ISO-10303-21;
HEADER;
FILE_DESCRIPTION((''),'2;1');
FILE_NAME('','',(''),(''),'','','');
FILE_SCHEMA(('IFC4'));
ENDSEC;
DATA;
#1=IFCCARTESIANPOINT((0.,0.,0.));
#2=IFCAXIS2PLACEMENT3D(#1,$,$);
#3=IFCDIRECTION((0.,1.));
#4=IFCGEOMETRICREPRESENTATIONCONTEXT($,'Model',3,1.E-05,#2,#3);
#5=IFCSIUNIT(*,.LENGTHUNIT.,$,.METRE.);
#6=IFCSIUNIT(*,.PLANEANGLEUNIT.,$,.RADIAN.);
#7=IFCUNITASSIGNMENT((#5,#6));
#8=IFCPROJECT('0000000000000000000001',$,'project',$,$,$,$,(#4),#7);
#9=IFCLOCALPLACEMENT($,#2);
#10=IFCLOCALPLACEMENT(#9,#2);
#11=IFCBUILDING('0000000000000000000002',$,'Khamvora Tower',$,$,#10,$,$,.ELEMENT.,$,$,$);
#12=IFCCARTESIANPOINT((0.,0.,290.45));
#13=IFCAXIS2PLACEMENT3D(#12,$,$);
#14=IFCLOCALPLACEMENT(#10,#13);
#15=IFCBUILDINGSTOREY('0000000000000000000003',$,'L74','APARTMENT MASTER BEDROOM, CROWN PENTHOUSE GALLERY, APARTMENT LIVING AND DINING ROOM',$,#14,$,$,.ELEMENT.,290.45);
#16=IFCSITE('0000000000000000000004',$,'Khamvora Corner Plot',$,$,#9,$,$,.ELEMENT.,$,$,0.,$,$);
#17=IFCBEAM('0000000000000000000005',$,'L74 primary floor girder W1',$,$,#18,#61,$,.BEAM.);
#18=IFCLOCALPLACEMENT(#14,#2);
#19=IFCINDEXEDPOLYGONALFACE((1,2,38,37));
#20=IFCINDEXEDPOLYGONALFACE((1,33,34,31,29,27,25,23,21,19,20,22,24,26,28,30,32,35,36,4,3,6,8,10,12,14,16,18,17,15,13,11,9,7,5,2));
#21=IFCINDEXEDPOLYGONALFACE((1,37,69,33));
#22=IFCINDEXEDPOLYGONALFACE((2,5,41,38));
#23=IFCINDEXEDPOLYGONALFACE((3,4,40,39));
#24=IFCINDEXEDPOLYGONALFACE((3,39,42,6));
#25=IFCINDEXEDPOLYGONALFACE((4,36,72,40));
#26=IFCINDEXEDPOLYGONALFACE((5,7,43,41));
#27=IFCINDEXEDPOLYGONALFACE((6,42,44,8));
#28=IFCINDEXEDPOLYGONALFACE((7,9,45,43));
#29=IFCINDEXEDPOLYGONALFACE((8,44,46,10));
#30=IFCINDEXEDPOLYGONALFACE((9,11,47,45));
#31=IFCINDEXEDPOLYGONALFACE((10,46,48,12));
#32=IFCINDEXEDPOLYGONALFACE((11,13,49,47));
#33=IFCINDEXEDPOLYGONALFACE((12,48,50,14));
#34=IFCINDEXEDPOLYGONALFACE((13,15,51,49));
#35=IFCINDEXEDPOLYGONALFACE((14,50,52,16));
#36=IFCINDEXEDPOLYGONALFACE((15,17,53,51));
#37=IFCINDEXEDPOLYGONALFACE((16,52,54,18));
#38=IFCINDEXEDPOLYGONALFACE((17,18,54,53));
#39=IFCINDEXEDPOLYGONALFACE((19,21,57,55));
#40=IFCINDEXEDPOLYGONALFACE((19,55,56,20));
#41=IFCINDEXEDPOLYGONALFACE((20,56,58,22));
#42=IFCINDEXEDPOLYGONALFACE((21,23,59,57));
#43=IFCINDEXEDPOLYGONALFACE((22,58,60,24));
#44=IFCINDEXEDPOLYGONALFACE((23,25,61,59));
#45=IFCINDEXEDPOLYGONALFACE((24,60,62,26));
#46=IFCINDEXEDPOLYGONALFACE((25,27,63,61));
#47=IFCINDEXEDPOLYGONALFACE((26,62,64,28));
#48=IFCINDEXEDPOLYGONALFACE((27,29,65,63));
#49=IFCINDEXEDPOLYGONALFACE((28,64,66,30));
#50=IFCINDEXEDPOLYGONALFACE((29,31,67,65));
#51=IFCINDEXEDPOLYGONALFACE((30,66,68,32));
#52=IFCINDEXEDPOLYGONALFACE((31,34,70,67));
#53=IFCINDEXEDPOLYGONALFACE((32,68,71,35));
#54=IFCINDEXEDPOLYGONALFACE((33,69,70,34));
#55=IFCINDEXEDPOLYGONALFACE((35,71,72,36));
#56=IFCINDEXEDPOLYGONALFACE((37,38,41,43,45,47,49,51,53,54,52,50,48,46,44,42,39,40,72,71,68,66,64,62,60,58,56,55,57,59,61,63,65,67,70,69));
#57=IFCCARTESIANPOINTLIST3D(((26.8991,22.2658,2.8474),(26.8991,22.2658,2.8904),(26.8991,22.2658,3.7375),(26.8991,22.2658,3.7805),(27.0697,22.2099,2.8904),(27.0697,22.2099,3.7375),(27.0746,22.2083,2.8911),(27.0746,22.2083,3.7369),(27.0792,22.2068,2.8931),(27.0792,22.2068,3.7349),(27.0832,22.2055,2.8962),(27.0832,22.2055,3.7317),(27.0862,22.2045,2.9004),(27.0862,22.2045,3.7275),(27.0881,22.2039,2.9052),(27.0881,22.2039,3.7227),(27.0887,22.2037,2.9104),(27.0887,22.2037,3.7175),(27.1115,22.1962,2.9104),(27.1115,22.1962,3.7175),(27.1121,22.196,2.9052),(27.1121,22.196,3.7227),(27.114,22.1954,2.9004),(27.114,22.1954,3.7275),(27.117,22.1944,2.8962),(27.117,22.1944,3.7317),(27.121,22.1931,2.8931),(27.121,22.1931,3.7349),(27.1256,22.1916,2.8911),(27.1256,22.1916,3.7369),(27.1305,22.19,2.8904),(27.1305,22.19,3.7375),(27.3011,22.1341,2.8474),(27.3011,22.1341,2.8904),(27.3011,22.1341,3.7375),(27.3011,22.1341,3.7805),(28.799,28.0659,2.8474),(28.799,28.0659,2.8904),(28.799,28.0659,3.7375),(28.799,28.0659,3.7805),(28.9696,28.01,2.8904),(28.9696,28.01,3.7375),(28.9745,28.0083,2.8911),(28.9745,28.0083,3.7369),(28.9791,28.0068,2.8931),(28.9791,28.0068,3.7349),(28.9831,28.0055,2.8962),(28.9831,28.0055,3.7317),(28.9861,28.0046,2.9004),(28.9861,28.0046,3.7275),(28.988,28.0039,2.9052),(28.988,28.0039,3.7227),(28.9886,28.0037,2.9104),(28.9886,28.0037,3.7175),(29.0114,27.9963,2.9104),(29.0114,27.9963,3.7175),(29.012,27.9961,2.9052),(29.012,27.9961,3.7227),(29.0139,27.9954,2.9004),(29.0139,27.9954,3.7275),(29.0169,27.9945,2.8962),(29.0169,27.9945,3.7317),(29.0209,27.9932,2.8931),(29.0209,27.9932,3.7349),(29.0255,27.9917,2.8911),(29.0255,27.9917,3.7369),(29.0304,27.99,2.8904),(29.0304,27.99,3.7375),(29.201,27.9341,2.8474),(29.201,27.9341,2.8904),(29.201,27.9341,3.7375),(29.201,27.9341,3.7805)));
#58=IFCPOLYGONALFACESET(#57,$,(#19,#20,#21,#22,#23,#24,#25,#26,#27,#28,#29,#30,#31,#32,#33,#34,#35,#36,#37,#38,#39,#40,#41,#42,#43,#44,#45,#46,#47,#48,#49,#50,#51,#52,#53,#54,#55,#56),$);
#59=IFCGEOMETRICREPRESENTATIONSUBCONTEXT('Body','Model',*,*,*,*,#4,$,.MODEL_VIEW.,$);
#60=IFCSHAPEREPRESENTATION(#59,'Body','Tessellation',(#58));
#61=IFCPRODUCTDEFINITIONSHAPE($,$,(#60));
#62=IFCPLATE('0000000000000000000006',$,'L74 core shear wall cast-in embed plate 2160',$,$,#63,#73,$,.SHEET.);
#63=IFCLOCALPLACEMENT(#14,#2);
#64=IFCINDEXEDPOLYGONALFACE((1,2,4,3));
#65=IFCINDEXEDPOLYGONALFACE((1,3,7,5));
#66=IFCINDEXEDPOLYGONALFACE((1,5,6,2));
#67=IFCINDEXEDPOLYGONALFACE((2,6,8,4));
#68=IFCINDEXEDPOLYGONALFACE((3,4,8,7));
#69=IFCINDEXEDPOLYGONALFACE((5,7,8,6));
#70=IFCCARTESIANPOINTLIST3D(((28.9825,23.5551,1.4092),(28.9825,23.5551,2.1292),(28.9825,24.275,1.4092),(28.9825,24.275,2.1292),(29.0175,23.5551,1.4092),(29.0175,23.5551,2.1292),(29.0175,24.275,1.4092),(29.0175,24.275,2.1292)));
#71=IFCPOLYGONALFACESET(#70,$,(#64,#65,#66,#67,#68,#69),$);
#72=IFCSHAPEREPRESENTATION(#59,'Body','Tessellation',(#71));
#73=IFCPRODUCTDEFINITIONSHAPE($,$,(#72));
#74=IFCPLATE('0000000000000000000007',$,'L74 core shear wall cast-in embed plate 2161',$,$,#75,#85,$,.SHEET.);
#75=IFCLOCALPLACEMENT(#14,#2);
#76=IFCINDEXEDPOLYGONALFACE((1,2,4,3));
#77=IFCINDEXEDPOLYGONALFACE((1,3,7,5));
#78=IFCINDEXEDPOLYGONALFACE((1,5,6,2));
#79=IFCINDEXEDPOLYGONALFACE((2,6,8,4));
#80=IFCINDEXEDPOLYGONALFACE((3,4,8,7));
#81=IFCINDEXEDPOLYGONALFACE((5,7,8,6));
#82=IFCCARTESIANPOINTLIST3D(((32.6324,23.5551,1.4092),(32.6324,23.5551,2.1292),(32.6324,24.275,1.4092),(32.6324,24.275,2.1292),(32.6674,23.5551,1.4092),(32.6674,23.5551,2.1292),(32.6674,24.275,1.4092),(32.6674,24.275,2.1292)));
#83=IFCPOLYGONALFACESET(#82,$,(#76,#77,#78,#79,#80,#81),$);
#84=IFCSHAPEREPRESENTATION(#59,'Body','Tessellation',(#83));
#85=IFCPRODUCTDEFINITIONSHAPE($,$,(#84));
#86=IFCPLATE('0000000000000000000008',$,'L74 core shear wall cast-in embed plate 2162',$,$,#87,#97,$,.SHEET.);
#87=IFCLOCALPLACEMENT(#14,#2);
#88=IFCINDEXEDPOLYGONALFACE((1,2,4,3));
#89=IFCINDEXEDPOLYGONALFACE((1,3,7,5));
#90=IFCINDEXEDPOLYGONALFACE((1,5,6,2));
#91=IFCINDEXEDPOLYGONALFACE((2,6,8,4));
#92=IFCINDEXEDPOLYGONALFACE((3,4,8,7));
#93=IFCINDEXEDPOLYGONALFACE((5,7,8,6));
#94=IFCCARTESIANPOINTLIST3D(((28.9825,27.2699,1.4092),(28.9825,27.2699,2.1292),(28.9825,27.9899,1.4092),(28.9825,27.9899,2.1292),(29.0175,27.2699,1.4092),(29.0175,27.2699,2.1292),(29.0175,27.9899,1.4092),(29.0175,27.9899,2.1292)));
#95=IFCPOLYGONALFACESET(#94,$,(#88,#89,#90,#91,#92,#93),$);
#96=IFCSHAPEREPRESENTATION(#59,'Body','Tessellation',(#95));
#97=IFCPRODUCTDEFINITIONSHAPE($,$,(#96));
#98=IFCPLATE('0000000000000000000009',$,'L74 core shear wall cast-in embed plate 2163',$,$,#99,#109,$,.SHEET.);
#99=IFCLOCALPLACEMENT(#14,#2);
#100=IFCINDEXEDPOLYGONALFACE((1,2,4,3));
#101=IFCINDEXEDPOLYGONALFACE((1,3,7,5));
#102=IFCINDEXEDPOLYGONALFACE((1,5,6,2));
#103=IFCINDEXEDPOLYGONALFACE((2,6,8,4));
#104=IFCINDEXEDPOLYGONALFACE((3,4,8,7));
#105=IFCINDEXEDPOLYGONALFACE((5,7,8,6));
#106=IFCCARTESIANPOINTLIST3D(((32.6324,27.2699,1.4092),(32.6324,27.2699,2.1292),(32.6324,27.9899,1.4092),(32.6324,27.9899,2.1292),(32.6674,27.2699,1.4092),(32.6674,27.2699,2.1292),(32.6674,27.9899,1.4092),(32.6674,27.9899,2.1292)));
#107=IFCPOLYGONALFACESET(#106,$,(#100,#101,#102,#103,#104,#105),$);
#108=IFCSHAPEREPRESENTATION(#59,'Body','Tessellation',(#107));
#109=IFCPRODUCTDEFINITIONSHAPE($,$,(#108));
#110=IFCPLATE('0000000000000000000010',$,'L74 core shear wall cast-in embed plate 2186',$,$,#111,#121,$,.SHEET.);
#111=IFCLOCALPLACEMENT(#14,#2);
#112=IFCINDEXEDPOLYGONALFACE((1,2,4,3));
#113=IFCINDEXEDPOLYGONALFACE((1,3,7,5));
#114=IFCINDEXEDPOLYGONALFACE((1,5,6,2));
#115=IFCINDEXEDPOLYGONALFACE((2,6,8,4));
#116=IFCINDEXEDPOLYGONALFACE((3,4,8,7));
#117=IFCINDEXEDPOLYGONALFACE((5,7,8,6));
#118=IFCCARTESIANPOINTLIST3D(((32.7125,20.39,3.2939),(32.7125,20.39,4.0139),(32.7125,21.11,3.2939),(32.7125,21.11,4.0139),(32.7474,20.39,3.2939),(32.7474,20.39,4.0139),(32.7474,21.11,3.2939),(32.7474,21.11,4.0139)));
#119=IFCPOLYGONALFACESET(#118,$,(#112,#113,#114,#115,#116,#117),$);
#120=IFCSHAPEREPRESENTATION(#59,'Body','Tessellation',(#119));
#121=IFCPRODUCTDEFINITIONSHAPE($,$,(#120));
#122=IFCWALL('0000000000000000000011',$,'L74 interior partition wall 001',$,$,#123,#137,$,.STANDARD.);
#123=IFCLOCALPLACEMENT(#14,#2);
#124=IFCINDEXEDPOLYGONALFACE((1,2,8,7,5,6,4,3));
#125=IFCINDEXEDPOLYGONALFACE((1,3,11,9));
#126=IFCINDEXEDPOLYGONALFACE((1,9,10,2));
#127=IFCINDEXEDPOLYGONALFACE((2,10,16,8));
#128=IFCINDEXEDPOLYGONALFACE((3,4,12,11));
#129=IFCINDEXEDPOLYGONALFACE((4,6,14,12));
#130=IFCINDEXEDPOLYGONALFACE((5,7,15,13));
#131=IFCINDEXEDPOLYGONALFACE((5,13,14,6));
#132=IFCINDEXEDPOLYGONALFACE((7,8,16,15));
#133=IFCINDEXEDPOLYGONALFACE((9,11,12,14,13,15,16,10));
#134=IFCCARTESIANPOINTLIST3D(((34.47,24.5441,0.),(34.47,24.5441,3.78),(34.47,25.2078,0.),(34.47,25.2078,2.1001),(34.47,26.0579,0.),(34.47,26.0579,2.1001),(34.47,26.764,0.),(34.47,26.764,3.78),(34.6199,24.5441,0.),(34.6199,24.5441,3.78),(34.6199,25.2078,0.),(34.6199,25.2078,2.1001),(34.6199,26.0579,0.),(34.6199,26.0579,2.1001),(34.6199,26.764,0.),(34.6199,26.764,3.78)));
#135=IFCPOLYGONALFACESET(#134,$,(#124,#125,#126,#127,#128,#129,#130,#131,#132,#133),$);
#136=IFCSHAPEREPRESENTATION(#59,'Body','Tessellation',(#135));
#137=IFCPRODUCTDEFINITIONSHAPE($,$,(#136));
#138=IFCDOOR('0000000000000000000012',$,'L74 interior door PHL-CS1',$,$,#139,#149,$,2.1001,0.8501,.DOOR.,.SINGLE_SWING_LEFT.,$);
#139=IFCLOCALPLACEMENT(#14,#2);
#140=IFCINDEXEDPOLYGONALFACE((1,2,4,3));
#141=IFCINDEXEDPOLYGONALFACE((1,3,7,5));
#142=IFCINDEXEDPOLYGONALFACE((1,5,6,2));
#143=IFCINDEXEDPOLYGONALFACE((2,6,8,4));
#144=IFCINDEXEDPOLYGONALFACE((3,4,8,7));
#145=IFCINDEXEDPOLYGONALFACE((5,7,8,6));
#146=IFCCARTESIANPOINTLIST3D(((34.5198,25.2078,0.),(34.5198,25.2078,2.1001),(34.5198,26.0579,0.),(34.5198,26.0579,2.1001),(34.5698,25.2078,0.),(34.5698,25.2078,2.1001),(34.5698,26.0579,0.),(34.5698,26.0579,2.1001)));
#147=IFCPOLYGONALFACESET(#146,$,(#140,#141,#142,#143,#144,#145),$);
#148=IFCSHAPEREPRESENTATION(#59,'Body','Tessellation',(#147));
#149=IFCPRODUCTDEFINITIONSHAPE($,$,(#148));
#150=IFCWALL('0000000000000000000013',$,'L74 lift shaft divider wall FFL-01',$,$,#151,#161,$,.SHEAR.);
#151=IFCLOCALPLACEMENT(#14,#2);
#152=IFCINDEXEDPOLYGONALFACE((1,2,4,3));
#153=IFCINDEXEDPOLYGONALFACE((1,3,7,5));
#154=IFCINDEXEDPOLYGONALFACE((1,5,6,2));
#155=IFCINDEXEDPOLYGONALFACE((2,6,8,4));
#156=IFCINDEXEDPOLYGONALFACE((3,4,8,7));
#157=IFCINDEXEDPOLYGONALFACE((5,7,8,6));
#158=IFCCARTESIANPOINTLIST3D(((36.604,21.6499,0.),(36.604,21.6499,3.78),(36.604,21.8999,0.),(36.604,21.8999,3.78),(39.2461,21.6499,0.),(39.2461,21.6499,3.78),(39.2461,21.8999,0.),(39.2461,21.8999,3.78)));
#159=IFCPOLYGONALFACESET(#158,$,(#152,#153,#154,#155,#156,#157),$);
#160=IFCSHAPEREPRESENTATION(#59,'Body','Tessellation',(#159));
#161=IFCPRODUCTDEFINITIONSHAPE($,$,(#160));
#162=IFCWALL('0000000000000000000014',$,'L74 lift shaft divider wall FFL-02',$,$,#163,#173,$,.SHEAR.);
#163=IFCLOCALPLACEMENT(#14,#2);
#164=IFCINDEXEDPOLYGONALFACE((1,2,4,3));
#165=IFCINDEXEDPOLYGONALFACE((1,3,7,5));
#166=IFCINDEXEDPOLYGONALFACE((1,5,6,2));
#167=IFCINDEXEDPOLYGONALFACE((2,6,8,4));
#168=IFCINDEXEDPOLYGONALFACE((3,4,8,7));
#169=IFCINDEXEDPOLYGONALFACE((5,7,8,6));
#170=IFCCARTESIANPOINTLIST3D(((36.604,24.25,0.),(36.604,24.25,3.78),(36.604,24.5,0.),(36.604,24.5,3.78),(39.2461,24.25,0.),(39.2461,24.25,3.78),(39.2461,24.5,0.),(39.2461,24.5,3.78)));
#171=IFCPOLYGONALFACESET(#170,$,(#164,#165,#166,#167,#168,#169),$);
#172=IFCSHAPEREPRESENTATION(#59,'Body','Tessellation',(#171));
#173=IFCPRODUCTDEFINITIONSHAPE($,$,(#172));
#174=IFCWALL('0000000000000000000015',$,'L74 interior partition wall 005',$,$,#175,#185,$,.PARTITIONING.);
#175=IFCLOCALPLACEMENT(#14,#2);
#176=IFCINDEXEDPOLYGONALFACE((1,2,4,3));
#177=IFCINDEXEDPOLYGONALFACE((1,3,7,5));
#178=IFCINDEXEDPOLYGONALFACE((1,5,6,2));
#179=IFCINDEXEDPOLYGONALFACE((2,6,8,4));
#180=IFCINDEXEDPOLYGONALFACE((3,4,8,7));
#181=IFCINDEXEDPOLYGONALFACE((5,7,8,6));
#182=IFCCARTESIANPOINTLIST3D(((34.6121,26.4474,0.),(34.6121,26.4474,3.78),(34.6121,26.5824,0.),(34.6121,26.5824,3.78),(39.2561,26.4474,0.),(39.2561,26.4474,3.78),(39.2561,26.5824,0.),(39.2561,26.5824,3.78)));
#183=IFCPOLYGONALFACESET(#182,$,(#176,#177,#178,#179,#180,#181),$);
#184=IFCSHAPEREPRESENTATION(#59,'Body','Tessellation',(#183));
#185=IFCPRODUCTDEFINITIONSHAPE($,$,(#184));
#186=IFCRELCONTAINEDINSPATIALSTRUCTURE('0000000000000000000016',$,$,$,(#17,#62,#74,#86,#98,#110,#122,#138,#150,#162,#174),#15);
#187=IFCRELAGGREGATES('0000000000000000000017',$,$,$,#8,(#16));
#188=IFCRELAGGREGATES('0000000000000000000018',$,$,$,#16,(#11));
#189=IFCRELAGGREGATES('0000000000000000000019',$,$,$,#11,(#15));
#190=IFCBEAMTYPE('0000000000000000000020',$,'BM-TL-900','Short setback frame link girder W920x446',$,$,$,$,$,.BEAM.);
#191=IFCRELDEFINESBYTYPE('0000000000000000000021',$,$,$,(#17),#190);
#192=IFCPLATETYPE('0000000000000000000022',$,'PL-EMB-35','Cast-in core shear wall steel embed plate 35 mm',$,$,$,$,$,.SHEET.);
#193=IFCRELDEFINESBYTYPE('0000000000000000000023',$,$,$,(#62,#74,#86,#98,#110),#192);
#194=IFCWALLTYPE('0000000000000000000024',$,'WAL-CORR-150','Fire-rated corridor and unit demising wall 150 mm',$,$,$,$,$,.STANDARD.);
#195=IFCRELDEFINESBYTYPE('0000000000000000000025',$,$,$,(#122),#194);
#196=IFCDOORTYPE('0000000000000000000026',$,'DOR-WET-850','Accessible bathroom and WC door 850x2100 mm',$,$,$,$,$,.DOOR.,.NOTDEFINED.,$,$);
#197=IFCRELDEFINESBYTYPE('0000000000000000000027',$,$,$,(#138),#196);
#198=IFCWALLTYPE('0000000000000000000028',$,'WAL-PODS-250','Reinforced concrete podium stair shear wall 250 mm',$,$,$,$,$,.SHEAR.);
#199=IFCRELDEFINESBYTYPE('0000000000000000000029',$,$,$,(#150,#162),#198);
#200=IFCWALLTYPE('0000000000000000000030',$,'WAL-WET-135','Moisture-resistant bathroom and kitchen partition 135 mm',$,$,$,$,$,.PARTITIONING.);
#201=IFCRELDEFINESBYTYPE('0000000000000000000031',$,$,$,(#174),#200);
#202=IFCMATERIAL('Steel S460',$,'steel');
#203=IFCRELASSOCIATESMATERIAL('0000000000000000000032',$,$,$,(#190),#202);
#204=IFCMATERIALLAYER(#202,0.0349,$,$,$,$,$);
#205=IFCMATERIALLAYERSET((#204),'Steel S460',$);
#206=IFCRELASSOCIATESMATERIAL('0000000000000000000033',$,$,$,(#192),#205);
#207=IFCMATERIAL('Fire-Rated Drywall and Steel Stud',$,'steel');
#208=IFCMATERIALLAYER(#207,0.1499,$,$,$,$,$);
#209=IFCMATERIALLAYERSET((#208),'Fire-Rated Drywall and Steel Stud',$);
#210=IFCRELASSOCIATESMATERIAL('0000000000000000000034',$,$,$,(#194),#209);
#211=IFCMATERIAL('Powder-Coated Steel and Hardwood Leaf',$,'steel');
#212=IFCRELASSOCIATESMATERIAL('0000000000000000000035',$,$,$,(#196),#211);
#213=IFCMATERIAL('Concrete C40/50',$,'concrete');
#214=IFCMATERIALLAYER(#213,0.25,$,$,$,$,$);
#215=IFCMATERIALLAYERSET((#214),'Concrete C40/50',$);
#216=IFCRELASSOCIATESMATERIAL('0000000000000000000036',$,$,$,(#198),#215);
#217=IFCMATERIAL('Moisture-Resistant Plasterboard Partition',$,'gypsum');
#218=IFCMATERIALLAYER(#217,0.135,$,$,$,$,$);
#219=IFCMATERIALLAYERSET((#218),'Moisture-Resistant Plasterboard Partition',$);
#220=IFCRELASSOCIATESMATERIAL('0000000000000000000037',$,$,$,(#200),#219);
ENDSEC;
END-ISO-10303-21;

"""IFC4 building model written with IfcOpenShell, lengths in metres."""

from ifc_helpers import new_model, si_unit, direction, frame, frame_2d, origin, origin_2d, place, context, subcontext, project, spatial, rectangle, i_section, extrude, material, layer, layer_set, material_profile, profile_set, type_object, element, fill, save


model = new_model("IFC4")

# Units and contexts
model_context = context("Model", 3, precision=1e-05, world=origin(), true_north=direction((0.0, 1.0)))
body_context = subcontext(model_context, "Body", "Model", "MODEL_VIEW")
ifc_project = project(units=[si_unit("LENGTHUNIT", "METRE"), si_unit("PLANEANGLEUNIT", "RADIAN")], contexts=[model_context])

# Site, building, storey
site_placement = place(None, origin())
site = spatial("IfcSite", under=ifc_project, at=site_placement, Name="Khamvora Corner Plot", CompositionType="ELEMENT", RefElevation=0.0)
building_placement = place(site_placement, origin())
building = spatial("IfcBuilding", under=site, at=building_placement, Name="Khamvora Tower", CompositionType="ELEMENT")
storey_placement = place(building_placement, frame((0.0, 0.0, 290.45)))
storey = spatial("IfcBuildingStorey", under=building, at=storey_placement, Name="L74", Description="APARTMENT MASTER BEDROOM, CROWN PENTHOUSE GALLERY, APARTMENT LIVING AND DINING ROOM", CompositionType="ELEMENT", Elevation=290.45)

# Beam
ifc_material_1 = material(Name="Steel S460", Category="steel")
ifc_material_profile_1 = material_profile(ifc_material_1, i_section(OverallWidth=0.4231, OverallDepth=0.9331, WebThickness=0.0239, FlangeThickness=0.043, FilletRadius=0.02, at=origin_2d()), Name="W920x446")
ifc_profile_set_1 = profile_set([ifc_material_profile_1], Name="Steel S460")
beam_type_1 = type_object("IfcBeamType", Name="BM-TL-900", Description="Short setback frame link girder W920x446", PredefinedType="BEAM", material=ifc_profile_set_1)
beam_1_placement = place(storey_placement, frame((29.0, 28.0, 3.314), z_axis=(-0.311291, -0.950315, 0.0), x_axis=(0.950315, -0.311291, 0.0)))
element("IfcBeam", 1, at=beam_1_placement, inside=storey, type_object=beam_type_1, Name="L74 primary floor girder W1", PredefinedType="BEAM", context=body_context, shape_type="SweptSolid", body=[
    extrude(i_section(OverallWidth=0.4231, OverallDepth=0.9331, WebThickness=0.0239, FlangeThickness=0.043, FilletRadius=0.02, at=origin_2d()), origin(), (0.0, 0.0, 1.0), 6.1033),
])

# Plates
ifc_layer_1 = layer(ifc_material_1, 0.0349)
ifc_layer_set_1 = layer_set([ifc_layer_1], Name="Steel S460")
plate_type = type_object("IfcPlateType", Name="PL-EMB-35", Description="Cast-in core shear wall steel embed plate 35 mm", PredefinedType="SHEET", material=ifc_layer_set_1)
for number, where, z_axis, x_axis, name in (
    (2, (29.0, 23.915, 1.4092), (0.0, 0.0, 1.0), (1.0, 0.0, 0.0), "L74 core shear wall cast-in embed plate 2160"),
    (3, (32.6499, 23.915, 1.4092), (0.0, 0.0, 1.0), (1.0, 0.0, 0.0), "L74 core shear wall cast-in embed plate 2161"),
    (4, (29.0, 27.6299, 1.4092), (0.0, 0.0, 1.0), (1.0, 0.0, 0.0), "L74 core shear wall cast-in embed plate 2162"),
    (5, (32.6499, 27.6299, 1.4092), (0.0, 0.0, 1.0), (1.0, 0.0, 0.0), "L74 core shear wall cast-in embed plate 2163"),
    (6, (32.73, 20.75, 3.2939), (0.0, 0.0, 1.0), (1.0, 0.0, 0.0), "L74 core shear wall cast-in embed plate 2186"),
):
    element("IfcPlate", number, at=place(storey_placement, frame(where, z_axis=z_axis, x_axis=x_axis)), inside=storey, type_object=plate_type, Name=name, PredefinedType="SHEET", context=body_context, shape_type="SweptSolid", body=[
        extrude(rectangle(XDim=0.0349, YDim=0.72, at=origin_2d()), origin(), (0.0, 0.0, 1.0), 0.72),
    ])

# Wall, opening, door
ifc_material_2 = material(Name="Powder-Coated Steel and Hardwood Leaf", Category="steel")
ifc_material_3 = material(Name="Fire-Rated Drywall and Steel Stud", Category="steel")
ifc_layer_2 = layer(ifc_material_3, 0.1499)
ifc_layer_set_2 = layer_set([ifc_layer_2], Name="Fire-Rated Drywall and Steel Stud")
wall_type_1 = type_object("IfcWallType", Name="WAL-CORR-150", Description="Fire-rated corridor and unit demising wall 150 mm", PredefinedType="STANDARD", material=ifc_layer_set_2)
wall_1_placement = place(storey_placement, frame((34.5449, 26.7639, 0.0), z_axis=(0.0, 0.0, 1.0), x_axis=(0.0, -1.0, 0.0)))
wall_1 = element("IfcWall", 7, at=wall_1_placement, inside=storey, type_object=wall_type_1, Name="L74 interior partition wall 001", PredefinedType="STANDARD", context=body_context, shape_type="SweptSolid", body=[
    extrude(rectangle(XDim=2.22, YDim=0.1499, at=frame_2d((1.1099, 0.0))), origin(), (0.0, 0.0, 1.0), 3.78),
])
opening_1_placement = place(wall_1_placement, frame((0.7061, 0.0, 0.0)))
opening_1 = element("IfcOpeningElement", 8, at=opening_1_placement, cuts=wall_1, PredefinedType="OPENING", context=body_context, shape_type="SweptSolid", body=[
    extrude(rectangle(XDim=0.8501, YDim=2.1001, at=frame_2d((0.425, 1.05))), frame((0.0, 0.085, 0.0), z_axis=(0.0, -1.0, 0.0), x_axis=(1.0, 0.0, 0.0)), (0.0, 0.0, 1.0), 0.1699),
])
door_type_1 = type_object("IfcDoorType", Name="DOR-WET-850", Description="Accessible bathroom and WC door 850x2100 mm", OperationType="NOTDEFINED", PredefinedType="DOOR", material=ifc_material_2)
door_1_placement = place(opening_1_placement, origin())
door_1 = element("IfcDoor", 9, at=door_1_placement, inside=storey, type_object=door_type_1, Name="L74 interior door PHL-CS1", OperationType="SINGLE_SWING_LEFT", OverallHeight=2.1001, OverallWidth=0.8501, PredefinedType="DOOR", context=body_context, shape_type="SweptSolid", body=[
    extrude(rectangle(XDim=0.8501, YDim=2.1001, at=frame_2d((0.425, 1.05))), frame((0.0, 0.0249, 0.0), z_axis=(0.0, -1.0, 0.0), x_axis=(1.0, 0.0, 0.0)), (0.0, 0.0, 1.0), 0.05),
])
fill(opening_1, door_1)

# Walls
ifc_material_4 = material(Name="Concrete C40/50", Category="concrete")
ifc_layer_3 = layer(ifc_material_4, 0.25)
ifc_layer_set_3 = layer_set([ifc_layer_3], Name="Concrete C40/50")
wall_type_2 = type_object("IfcWallType", Name="WAL-PODS-250", Description="Reinforced concrete podium stair shear wall 250 mm", PredefinedType="SHEAR", material=ifc_layer_set_3)
for number, where, z_axis, x_axis, name in (
    (10, (36.604, 21.7749, 0.0), (0.0, 0.0, 1.0), (1.0, 0.0, 0.0), "L74 lift shaft divider wall FFL-01"),
    (11, (36.604, 24.375, 0.0), (0.0, 0.0, 1.0), (1.0, 0.0, 0.0), "L74 lift shaft divider wall FFL-02"),
):
    element("IfcWall", number, at=place(storey_placement, frame(where, z_axis=z_axis, x_axis=x_axis)), inside=storey, type_object=wall_type_2, Name=name, PredefinedType="SHEAR", context=body_context, shape_type="SweptSolid", body=[
        extrude(rectangle(XDim=2.6421, YDim=0.25, at=frame_2d((1.321, 0.0))), origin(), (0.0, 0.0, 1.0), 3.78),
    ])
ifc_material_5 = material(Name="Moisture-Resistant Plasterboard Partition", Category="gypsum")
ifc_layer_4 = layer(ifc_material_5, 0.135)
ifc_layer_set_4 = layer_set([ifc_layer_4], Name="Moisture-Resistant Plasterboard Partition")
wall_type_3 = type_object("IfcWallType", Name="WAL-WET-135", Description="Moisture-resistant bathroom and kitchen partition 135 mm", PredefinedType="PARTITIONING", material=ifc_layer_set_4)
wall_2_placement = place(storey_placement, frame((34.6121, 26.5149, 0.0), z_axis=(0.0, 0.0, 1.0), x_axis=(1.0, 0.0, 0.0)))
element("IfcWall", 12, at=wall_2_placement, inside=storey, type_object=wall_type_3, Name="L74 interior partition wall 005", PredefinedType="PARTITIONING", context=body_context, shape_type="SweptSolid", body=[
    extrude(rectangle(XDim=4.644, YDim=0.135, at=frame_2d((2.322, 0.0))), origin(), (0.0, 0.0, 1.0), 3.78),
])

save(model, "model.ifc")
